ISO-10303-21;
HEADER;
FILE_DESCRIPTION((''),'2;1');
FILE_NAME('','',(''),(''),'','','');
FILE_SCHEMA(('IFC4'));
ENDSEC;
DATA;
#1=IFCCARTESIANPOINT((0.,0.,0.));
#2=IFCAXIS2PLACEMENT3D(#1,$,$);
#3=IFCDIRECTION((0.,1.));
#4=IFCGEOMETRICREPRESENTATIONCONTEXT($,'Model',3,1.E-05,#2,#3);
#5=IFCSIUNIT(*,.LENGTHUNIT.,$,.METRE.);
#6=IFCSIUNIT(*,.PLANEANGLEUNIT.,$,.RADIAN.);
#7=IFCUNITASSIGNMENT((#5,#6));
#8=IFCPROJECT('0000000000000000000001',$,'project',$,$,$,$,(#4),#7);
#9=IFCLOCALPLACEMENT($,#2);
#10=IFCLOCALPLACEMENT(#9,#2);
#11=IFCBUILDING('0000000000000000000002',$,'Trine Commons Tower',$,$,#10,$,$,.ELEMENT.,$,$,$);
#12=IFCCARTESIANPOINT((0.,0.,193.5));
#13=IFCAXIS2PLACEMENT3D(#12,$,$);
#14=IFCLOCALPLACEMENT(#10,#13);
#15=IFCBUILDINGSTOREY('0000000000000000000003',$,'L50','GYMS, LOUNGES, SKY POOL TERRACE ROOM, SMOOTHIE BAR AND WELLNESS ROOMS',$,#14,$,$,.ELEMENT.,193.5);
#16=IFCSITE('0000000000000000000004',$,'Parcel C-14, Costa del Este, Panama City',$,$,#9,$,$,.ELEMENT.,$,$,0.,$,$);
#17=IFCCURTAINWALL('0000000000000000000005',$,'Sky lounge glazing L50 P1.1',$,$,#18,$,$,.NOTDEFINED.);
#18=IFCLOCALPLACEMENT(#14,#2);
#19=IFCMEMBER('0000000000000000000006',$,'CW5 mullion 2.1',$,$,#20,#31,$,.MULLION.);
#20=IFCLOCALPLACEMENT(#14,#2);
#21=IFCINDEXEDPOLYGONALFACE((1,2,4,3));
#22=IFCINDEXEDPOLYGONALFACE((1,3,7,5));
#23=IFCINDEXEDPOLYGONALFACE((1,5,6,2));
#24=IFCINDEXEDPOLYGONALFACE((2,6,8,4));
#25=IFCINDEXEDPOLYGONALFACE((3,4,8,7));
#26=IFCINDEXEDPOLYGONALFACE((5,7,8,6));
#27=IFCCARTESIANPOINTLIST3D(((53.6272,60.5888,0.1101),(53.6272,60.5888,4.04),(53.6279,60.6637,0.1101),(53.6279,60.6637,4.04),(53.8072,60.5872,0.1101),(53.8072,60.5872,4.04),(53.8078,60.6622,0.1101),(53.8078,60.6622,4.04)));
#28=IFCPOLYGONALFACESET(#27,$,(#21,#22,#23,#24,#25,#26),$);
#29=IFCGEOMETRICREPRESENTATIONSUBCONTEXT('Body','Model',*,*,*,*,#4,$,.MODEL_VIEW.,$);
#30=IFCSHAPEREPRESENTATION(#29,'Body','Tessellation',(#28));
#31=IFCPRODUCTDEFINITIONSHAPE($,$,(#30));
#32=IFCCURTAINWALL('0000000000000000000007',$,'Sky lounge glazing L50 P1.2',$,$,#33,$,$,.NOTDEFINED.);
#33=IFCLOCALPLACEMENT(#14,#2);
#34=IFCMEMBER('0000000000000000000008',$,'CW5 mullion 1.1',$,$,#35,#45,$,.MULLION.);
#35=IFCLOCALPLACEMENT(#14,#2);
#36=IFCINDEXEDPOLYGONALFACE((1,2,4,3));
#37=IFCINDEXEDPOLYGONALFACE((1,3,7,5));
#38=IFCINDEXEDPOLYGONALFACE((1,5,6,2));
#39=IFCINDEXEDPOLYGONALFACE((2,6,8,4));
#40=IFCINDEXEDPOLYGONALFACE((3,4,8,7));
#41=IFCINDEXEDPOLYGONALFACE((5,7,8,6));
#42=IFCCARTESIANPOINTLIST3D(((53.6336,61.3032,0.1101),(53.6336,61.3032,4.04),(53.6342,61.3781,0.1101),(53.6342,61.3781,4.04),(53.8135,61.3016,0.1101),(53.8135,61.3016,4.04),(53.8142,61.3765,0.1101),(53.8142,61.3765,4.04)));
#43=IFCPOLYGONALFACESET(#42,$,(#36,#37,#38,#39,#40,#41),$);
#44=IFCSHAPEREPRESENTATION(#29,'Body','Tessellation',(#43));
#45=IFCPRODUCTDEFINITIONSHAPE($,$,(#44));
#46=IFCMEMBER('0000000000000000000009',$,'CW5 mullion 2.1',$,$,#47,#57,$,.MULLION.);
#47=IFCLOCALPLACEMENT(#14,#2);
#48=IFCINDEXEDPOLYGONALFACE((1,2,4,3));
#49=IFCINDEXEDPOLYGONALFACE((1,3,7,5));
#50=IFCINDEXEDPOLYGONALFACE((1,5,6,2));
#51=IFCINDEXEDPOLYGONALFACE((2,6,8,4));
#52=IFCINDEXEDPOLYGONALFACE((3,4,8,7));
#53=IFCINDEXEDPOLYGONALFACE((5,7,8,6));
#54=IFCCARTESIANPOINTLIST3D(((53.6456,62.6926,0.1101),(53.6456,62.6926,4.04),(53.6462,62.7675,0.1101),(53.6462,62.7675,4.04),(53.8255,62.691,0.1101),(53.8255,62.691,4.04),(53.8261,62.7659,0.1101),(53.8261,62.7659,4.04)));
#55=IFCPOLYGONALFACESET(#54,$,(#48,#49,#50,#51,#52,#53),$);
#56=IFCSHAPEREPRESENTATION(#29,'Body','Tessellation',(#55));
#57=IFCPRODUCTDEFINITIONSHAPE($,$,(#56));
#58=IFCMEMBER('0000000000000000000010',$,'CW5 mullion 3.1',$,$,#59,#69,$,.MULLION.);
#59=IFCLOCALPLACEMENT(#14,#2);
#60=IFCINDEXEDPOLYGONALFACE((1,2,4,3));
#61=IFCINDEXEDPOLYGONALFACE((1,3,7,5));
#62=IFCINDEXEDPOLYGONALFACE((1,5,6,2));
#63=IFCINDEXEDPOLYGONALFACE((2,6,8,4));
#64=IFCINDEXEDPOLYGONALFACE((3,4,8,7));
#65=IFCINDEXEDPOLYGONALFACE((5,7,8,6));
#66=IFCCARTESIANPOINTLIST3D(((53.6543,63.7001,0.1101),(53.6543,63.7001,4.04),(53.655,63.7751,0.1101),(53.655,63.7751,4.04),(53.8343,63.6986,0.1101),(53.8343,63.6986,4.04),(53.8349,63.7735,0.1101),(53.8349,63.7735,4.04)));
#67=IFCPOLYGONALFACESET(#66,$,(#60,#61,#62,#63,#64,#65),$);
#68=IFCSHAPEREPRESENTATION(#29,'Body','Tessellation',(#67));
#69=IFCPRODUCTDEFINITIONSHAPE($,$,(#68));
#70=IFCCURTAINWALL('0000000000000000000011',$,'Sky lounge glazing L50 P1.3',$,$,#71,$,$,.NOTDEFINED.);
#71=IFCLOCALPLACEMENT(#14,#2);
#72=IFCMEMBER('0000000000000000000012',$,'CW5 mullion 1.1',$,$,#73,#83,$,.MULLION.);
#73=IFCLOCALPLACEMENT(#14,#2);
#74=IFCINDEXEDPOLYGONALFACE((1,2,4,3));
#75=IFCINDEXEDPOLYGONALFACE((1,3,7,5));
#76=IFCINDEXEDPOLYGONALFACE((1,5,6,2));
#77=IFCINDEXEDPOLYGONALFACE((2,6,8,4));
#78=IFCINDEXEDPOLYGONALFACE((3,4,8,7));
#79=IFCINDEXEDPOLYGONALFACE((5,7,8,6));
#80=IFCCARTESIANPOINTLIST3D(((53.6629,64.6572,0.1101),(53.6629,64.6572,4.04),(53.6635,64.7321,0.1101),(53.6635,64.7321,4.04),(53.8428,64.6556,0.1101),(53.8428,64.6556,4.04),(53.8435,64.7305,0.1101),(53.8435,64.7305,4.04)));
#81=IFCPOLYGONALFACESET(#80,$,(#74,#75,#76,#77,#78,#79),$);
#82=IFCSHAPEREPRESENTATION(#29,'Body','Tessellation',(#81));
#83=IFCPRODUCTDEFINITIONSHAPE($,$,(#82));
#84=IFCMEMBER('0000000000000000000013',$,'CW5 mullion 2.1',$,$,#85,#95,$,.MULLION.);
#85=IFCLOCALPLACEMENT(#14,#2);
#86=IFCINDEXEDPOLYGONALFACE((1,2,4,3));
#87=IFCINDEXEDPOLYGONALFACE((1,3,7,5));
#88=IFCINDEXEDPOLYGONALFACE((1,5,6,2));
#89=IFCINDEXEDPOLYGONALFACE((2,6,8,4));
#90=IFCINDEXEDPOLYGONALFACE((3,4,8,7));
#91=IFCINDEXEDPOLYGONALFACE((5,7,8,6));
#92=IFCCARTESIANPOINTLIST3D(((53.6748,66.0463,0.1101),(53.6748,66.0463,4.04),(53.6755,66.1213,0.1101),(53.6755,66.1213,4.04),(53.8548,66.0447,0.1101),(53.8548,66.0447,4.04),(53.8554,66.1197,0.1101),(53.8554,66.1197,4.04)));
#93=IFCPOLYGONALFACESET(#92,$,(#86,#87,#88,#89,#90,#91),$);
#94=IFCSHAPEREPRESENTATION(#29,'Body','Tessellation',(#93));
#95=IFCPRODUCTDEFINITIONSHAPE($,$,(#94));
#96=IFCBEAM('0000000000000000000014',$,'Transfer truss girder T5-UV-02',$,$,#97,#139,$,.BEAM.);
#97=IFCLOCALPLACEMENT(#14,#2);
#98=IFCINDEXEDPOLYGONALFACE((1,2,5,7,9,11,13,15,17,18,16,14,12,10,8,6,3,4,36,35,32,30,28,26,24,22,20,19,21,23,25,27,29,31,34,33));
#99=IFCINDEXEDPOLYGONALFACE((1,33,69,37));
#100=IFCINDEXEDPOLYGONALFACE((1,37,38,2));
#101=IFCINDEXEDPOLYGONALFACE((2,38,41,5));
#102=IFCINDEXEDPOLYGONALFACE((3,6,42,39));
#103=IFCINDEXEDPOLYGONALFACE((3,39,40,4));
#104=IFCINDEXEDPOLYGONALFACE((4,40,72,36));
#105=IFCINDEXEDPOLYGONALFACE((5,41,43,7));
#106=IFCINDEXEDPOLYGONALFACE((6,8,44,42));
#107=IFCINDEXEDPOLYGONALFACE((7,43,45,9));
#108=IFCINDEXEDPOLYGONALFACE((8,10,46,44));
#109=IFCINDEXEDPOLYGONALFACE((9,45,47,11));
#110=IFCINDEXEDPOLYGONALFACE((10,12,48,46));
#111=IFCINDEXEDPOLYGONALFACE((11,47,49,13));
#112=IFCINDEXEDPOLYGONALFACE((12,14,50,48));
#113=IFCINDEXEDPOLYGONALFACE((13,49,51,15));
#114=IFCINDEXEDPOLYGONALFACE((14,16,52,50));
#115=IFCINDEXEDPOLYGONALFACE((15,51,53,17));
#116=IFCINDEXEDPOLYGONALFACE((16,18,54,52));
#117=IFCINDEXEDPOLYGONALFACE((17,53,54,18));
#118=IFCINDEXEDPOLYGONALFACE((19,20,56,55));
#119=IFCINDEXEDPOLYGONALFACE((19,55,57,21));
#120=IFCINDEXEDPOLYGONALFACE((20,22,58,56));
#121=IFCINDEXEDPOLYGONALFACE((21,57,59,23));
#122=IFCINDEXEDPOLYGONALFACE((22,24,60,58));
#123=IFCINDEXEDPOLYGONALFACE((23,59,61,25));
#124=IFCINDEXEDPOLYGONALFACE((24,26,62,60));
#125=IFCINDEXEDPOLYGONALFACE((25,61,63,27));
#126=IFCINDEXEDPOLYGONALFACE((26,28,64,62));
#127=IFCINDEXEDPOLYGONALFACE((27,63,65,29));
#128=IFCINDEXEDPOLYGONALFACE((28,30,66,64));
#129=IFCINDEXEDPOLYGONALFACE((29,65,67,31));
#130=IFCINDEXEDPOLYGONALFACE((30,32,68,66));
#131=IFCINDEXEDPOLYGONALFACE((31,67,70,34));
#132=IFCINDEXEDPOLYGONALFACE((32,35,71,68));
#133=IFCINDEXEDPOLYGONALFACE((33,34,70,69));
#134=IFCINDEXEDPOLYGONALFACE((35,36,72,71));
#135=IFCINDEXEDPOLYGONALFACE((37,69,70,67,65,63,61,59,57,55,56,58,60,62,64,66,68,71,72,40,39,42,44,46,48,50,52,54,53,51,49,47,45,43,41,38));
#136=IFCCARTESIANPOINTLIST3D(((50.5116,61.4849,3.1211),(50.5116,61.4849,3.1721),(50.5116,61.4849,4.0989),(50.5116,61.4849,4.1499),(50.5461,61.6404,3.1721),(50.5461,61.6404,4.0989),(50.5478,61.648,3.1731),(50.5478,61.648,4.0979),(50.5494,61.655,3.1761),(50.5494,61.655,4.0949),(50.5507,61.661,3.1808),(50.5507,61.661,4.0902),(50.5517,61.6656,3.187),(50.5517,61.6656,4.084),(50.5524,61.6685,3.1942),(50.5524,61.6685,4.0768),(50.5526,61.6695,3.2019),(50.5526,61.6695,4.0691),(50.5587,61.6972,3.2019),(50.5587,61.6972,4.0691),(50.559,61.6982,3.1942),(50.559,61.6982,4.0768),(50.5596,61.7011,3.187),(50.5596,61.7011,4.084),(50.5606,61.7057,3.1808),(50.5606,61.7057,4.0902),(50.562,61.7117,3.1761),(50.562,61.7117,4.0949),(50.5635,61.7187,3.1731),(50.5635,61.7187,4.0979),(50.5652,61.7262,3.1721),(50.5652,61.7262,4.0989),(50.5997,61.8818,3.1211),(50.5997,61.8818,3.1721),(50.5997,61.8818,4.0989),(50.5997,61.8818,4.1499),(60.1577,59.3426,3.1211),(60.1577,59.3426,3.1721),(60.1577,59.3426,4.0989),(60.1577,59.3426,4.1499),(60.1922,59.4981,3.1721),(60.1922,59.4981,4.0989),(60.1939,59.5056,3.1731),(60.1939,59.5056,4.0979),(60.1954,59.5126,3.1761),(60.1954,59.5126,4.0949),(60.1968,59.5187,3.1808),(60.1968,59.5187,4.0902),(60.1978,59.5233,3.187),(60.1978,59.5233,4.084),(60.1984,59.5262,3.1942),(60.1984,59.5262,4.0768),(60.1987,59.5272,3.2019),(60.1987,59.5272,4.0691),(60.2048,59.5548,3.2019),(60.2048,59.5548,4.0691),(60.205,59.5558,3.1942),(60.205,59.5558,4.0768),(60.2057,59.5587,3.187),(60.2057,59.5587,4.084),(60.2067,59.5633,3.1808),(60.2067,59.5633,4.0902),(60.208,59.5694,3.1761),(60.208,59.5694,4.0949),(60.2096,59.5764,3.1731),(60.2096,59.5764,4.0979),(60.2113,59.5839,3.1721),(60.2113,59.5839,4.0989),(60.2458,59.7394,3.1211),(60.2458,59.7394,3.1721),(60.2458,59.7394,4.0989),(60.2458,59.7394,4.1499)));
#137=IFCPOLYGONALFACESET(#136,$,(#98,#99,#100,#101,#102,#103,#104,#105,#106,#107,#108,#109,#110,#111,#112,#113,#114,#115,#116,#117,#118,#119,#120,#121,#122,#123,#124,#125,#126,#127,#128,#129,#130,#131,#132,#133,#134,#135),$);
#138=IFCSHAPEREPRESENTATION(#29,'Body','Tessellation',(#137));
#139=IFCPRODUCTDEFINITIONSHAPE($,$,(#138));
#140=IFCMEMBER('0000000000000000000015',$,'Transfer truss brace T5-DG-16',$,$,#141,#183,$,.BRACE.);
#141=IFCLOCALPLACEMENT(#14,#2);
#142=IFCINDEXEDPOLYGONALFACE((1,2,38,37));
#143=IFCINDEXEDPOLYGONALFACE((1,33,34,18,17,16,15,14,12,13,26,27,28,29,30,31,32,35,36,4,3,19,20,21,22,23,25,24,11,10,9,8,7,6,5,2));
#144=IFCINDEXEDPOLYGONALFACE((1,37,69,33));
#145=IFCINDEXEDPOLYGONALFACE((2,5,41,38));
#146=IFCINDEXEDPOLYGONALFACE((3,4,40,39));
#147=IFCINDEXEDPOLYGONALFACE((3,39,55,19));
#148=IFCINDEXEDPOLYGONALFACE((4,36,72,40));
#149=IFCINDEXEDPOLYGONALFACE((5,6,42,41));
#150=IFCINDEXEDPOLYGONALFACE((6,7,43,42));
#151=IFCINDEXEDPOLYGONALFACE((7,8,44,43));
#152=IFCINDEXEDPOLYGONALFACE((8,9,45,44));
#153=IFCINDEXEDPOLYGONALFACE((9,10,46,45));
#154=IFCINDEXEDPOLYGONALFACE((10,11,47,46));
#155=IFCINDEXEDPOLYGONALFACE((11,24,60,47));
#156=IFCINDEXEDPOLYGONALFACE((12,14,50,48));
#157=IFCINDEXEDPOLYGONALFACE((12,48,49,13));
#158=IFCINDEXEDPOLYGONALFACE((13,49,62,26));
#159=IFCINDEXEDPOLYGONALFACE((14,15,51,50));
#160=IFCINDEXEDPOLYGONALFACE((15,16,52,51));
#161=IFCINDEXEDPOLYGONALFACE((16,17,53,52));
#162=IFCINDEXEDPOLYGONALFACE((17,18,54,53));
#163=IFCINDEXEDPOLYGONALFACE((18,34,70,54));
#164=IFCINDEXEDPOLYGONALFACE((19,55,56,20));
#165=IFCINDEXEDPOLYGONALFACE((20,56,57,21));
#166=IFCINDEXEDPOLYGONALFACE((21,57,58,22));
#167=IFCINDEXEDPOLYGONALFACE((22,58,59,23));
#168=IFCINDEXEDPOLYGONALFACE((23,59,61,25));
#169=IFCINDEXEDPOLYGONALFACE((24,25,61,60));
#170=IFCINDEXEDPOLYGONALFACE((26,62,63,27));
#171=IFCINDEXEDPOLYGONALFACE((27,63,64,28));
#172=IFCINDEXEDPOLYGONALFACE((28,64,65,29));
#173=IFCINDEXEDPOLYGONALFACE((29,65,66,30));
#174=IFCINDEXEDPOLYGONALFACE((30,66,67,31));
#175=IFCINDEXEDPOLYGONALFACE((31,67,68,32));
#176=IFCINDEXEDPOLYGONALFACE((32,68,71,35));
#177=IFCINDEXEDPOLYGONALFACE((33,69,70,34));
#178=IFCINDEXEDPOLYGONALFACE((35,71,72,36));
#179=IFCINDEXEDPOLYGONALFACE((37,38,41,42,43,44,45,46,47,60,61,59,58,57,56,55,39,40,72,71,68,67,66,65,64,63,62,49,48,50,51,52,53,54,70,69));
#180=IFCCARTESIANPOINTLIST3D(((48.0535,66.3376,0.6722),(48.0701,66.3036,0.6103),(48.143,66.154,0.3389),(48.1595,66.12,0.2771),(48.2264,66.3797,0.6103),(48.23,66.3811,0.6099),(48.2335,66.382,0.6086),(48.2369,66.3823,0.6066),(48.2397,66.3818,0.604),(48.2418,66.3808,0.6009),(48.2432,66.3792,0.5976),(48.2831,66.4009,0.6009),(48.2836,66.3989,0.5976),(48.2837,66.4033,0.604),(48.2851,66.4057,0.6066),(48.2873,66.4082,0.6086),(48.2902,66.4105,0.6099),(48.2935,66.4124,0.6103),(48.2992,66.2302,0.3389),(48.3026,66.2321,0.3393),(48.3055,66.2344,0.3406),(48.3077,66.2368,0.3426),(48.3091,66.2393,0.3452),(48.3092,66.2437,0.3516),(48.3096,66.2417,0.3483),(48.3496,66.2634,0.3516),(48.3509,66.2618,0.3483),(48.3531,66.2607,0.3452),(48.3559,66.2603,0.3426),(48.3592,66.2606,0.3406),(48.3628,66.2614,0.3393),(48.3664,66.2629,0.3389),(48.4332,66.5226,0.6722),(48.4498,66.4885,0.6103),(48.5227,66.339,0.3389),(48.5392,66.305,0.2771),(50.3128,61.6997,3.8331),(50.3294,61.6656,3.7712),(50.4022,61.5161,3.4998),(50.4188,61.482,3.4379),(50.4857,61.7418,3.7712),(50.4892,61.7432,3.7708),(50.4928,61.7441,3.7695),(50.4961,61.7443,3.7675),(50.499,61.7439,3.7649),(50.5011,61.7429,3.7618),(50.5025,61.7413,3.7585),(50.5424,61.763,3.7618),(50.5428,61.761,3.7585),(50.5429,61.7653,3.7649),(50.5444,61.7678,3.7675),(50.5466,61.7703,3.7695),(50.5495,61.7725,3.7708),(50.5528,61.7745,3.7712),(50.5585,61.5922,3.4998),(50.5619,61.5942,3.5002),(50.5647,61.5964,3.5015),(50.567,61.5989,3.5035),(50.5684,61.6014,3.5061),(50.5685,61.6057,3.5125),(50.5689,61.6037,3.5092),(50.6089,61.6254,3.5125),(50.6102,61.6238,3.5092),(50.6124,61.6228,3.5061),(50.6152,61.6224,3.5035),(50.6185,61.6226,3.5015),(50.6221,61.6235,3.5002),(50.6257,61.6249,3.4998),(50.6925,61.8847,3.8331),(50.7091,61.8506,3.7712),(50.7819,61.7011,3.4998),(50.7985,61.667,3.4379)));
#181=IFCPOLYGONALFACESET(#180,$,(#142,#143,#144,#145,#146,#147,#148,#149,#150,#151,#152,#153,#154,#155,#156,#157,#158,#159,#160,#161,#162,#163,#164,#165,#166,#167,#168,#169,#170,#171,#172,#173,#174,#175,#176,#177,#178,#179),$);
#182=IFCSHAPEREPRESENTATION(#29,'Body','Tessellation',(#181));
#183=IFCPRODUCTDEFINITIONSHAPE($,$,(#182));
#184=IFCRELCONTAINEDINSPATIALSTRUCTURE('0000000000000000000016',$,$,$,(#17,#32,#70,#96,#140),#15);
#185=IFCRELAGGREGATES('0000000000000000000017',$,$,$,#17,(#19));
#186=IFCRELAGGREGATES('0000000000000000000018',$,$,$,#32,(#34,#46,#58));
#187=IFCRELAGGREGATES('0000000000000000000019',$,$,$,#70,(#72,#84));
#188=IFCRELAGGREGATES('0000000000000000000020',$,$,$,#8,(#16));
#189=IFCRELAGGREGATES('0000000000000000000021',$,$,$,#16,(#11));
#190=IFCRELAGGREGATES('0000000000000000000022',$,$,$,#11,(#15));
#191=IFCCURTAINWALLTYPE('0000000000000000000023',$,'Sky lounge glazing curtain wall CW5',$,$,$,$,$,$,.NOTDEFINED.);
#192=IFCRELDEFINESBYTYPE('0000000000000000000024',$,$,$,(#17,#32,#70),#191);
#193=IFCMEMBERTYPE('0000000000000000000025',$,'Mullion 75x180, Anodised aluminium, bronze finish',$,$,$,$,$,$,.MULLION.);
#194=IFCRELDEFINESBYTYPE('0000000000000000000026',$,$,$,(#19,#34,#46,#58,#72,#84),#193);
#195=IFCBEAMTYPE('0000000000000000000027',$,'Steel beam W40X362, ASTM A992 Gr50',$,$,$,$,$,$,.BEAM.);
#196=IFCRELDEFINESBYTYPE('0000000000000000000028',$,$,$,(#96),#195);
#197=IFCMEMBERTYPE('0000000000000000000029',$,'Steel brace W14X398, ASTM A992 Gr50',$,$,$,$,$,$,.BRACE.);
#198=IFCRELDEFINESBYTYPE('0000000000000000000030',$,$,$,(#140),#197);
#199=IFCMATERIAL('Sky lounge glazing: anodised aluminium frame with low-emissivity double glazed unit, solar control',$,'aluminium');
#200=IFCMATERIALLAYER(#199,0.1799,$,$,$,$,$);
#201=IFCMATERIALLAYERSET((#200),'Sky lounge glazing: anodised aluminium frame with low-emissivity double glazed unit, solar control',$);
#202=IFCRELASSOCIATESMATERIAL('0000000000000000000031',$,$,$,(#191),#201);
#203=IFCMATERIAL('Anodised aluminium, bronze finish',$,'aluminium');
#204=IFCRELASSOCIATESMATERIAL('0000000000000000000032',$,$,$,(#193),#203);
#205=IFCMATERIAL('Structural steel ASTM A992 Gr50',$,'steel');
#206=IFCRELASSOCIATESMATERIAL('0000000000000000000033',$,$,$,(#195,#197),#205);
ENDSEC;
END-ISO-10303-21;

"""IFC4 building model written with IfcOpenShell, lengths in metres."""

from ifc_helpers import new_model, si_unit, direction, frame, origin, origin_2d, place, context, subcontext, project, spatial, rectangle, i_section, extrude, material, layer, layer_set, material_profile, profile_set, type_object, element, aggregate, save


model = new_model("IFC4")

# Units and contexts
model_context = context("Model", 3, precision=1e-05, world=origin(), true_north=direction((0.0, 1.0)))
body_context = subcontext(model_context, "Body", "Model", "MODEL_VIEW")
ifc_project = project(units=[si_unit("LENGTHUNIT", "METRE"), si_unit("PLANEANGLEUNIT", "RADIAN")], contexts=[model_context])

# Site, building, storey
site_placement = place(None, origin())
site = spatial("IfcSite", under=ifc_project, at=site_placement, Name="Parcel C-14, Costa del Este, Panama City", CompositionType="ELEMENT", RefElevation=0.0)
building_placement = place(site_placement, origin())
building = spatial("IfcBuilding", under=site, at=building_placement, Name="Trine Commons Tower", CompositionType="ELEMENT")
storey_placement = place(building_placement, frame((0.0, 0.0, 193.5)))
storey = spatial("IfcBuildingStorey", under=building, at=storey_placement, Name="L50", Description="GYMS, LOUNGES, SKY POOL TERRACE ROOM, SMOOTHIE BAR AND WELLNESS ROOMS", CompositionType="ELEMENT", Elevation=193.5)

# Curtain wall, member
ifc_material_1 = material(Name="Sky lounge glazing: anodised aluminium frame with low-emissivity double glazed unit, solar control", Category="aluminium")
ifc_layer_1 = layer(ifc_material_1, 0.1799)
ifc_layer_set_1 = layer_set([ifc_layer_1], Name="Sky lounge glazing: anodised aluminium frame with low-emissivity double glazed unit, solar control")
curtain_wall_type = type_object("IfcCurtainWallType", Name="Sky lounge glazing curtain wall CW5", PredefinedType="NOTDEFINED", material=ifc_layer_set_1)
curtain_wall_1_placement = place(storey_placement, origin())
curtain_wall_1 = element("IfcCurtainWall", 1, at=curtain_wall_1_placement, inside=storey, type_object=curtain_wall_type, Name="Sky lounge glazing L50 P1.1", PredefinedType="NOTDEFINED")
ifc_material_2 = material(Name="Anodised aluminium, bronze finish", Category="aluminium")
ifc_material_profile_1 = material_profile(ifc_material_2, rectangle(XDim=0.1799, YDim=0.075, at=origin_2d()), Name="Mullion 75x180")
ifc_profile_set_1 = profile_set([ifc_material_profile_1], Name="Anodised aluminium, bronze finish")
member_type_1 = type_object("IfcMemberType", Name="Mullion 75x180, Anodised aluminium, bronze finish", PredefinedType="MULLION", material=ifc_profile_set_1)
member_1_placement = place(storey_placement, frame((53.7175, 60.6255, 0.1101), z_axis=(0.0, 0.0, 1.0), x_axis=(-0.999962, 0.008727, 0.0)))
member_1 = element("IfcMember", 2, at=member_1_placement, type_object=member_type_1, Name="CW5 mullion 2.1", PredefinedType="MULLION", context=body_context, shape_type="SweptSolid", body=[
    extrude(rectangle(XDim=0.1799, YDim=0.075, at=origin_2d()), origin(), (0.0, 0.0, 1.0), 3.9299),
])

# Curtain walls, members
curtain_wall_2_placement = place(storey_placement, origin())
curtain_wall_2 = element("IfcCurtainWall", 3, at=curtain_wall_2_placement, inside=storey, type_object=curtain_wall_type, Name="Sky lounge glazing L50 P1.2", PredefinedType="NOTDEFINED")
member_2_placement = place(storey_placement, frame((53.7239, 61.3398, 0.1101), z_axis=(0.0, 0.0, 1.0), x_axis=(-0.999962, 0.008727, 0.0)))
member_2 = element("IfcMember", 4, at=member_2_placement, type_object=member_type_1, Name="CW5 mullion 1.1", PredefinedType="MULLION", context=body_context, shape_type="SweptSolid", body=[
    extrude(rectangle(XDim=0.1799, YDim=0.075, at=origin_2d()), origin(), (0.0, 0.0, 1.0), 3.9299),
])
member_3_placement = place(storey_placement, frame((53.7358, 62.7292, 0.1101), z_axis=(0.0, 0.0, 1.0), x_axis=(-0.999962, 0.008727, 0.0)))
member_3 = element("IfcMember", 5, at=member_3_placement, type_object=member_type_1, Name="CW5 mullion 2.1", PredefinedType="MULLION", context=body_context, shape_type="SweptSolid", body=[
    extrude(rectangle(XDim=0.1799, YDim=0.075, at=origin_2d()), origin(), (0.0, 0.0, 1.0), 3.9299),
])
member_4_placement = place(storey_placement, frame((53.7446, 63.7368, 0.1101), z_axis=(0.0, 0.0, 1.0), x_axis=(-0.999962, 0.008727, 0.0)))
member_4 = element("IfcMember", 6, at=member_4_placement, type_object=member_type_1, Name="CW5 mullion 3.1", PredefinedType="MULLION", context=body_context, shape_type="SweptSolid", body=[
    extrude(rectangle(XDim=0.1799, YDim=0.075, at=origin_2d()), origin(), (0.0, 0.0, 1.0), 3.9299),
])
curtain_wall_3_placement = place(storey_placement, origin())
curtain_wall_3 = element("IfcCurtainWall", 7, at=curtain_wall_3_placement, inside=storey, type_object=curtain_wall_type, Name="Sky lounge glazing L50 P1.3", PredefinedType="NOTDEFINED")
member_5_placement = place(storey_placement, frame((53.7532, 64.6938, 0.1101), z_axis=(0.0, 0.0, 1.0), x_axis=(-0.999962, 0.008727, 0.0)))
member_5 = element("IfcMember", 8, at=member_5_placement, type_object=member_type_1, Name="CW5 mullion 1.1", PredefinedType="MULLION", context=body_context, shape_type="SweptSolid", body=[
    extrude(rectangle(XDim=0.1799, YDim=0.075, at=origin_2d()), origin(), (0.0, 0.0, 1.0), 3.9299),
])
member_6_placement = place(storey_placement, frame((53.7651, 66.083, 0.1101), z_axis=(0.0, 0.0, 1.0), x_axis=(-0.999962, 0.008727, 0.0)))
member_6 = element("IfcMember", 9, at=member_6_placement, type_object=member_type_1, Name="CW5 mullion 2.1", PredefinedType="MULLION", context=body_context, shape_type="SweptSolid", body=[
    extrude(rectangle(XDim=0.1799, YDim=0.075, at=origin_2d()), origin(), (0.0, 0.0, 1.0), 3.9299),
])

# Beam
ifc_material_3 = material(Name="Structural steel ASTM A992 Gr50", Category="steel")
ifc_material_profile_2 = material_profile(ifc_material_3, i_section(OverallWidth=0.4065, OverallDepth=1.0288, WebThickness=0.0283, FlangeThickness=0.051, FilletRadius=0.0298, at=origin_2d()), Name="W40X362")
ifc_profile_set_2 = profile_set([ifc_material_profile_2], Name="Structural steel ASTM A992 Gr50")
beam_type = type_object("IfcBeamType", Name="Steel beam W40X362, ASTM A992 Gr50", PredefinedType="BEAM", material=ifc_profile_set_2)
beam_placement = place(storey_placement, frame((50.5557, 61.6833, 3.6355), z_axis=(0.976213, -0.216813, 0.0), x_axis=(0.216813, 0.976213, 0.0)))
element("IfcBeam", 10, at=beam_placement, inside=storey, type_object=beam_type, Name="Transfer truss girder T5-UV-02", PredefinedType="BEAM", context=body_context, shape_type="SweptSolid", body=[
    extrude(i_section(OverallWidth=0.4065, OverallDepth=1.0288, WebThickness=0.0283, FlangeThickness=0.051, FilletRadius=0.0298, at=origin_2d()), origin(), (0.0, 0.0, 1.0), 9.8811),
])

# Member
ifc_material_profile_3 = material_profile(ifc_material_3, i_section(OverallWidth=0.4224, OverallDepth=0.4634, WebThickness=0.0449, FlangeThickness=0.0725, FilletRadius=0.0149, at=origin_2d()), Name="W14X398")
ifc_profile_set_3 = profile_set([ifc_material_profile_3], Name="Structural steel ASTM A992 Gr50")
member_type_2 = type_object("IfcMemberType", Name="Steel brace W14X398, ASTM A992 Gr50", PredefinedType="BRACE", material=ifc_profile_set_3)
member_7_placement = place(storey_placement, frame((48.2964, 66.3213, 0.4746), z_axis=(0.373416, -0.766565, 0.522436), x_axis=(0.899008, 0.437933, 0.0)))
element("IfcMember", 11, at=member_7_placement, inside=storey, type_object=member_type_2, Name="Transfer truss brace T5-DG-16", PredefinedType="BRACE", context=body_context, shape_type="SweptSolid", body=[
    extrude(i_section(OverallWidth=0.4224, OverallDepth=0.4634, WebThickness=0.0449, FlangeThickness=0.0725, FilletRadius=0.0149, at=origin_2d()), origin(), (0.0, 0.0, 1.0), 6.0503),
])

aggregate(curtain_wall_1, [member_1])
aggregate(curtain_wall_2, [member_2, member_3, member_4])
aggregate(curtain_wall_3, [member_5, member_6])

save(model, "model.ifc")
